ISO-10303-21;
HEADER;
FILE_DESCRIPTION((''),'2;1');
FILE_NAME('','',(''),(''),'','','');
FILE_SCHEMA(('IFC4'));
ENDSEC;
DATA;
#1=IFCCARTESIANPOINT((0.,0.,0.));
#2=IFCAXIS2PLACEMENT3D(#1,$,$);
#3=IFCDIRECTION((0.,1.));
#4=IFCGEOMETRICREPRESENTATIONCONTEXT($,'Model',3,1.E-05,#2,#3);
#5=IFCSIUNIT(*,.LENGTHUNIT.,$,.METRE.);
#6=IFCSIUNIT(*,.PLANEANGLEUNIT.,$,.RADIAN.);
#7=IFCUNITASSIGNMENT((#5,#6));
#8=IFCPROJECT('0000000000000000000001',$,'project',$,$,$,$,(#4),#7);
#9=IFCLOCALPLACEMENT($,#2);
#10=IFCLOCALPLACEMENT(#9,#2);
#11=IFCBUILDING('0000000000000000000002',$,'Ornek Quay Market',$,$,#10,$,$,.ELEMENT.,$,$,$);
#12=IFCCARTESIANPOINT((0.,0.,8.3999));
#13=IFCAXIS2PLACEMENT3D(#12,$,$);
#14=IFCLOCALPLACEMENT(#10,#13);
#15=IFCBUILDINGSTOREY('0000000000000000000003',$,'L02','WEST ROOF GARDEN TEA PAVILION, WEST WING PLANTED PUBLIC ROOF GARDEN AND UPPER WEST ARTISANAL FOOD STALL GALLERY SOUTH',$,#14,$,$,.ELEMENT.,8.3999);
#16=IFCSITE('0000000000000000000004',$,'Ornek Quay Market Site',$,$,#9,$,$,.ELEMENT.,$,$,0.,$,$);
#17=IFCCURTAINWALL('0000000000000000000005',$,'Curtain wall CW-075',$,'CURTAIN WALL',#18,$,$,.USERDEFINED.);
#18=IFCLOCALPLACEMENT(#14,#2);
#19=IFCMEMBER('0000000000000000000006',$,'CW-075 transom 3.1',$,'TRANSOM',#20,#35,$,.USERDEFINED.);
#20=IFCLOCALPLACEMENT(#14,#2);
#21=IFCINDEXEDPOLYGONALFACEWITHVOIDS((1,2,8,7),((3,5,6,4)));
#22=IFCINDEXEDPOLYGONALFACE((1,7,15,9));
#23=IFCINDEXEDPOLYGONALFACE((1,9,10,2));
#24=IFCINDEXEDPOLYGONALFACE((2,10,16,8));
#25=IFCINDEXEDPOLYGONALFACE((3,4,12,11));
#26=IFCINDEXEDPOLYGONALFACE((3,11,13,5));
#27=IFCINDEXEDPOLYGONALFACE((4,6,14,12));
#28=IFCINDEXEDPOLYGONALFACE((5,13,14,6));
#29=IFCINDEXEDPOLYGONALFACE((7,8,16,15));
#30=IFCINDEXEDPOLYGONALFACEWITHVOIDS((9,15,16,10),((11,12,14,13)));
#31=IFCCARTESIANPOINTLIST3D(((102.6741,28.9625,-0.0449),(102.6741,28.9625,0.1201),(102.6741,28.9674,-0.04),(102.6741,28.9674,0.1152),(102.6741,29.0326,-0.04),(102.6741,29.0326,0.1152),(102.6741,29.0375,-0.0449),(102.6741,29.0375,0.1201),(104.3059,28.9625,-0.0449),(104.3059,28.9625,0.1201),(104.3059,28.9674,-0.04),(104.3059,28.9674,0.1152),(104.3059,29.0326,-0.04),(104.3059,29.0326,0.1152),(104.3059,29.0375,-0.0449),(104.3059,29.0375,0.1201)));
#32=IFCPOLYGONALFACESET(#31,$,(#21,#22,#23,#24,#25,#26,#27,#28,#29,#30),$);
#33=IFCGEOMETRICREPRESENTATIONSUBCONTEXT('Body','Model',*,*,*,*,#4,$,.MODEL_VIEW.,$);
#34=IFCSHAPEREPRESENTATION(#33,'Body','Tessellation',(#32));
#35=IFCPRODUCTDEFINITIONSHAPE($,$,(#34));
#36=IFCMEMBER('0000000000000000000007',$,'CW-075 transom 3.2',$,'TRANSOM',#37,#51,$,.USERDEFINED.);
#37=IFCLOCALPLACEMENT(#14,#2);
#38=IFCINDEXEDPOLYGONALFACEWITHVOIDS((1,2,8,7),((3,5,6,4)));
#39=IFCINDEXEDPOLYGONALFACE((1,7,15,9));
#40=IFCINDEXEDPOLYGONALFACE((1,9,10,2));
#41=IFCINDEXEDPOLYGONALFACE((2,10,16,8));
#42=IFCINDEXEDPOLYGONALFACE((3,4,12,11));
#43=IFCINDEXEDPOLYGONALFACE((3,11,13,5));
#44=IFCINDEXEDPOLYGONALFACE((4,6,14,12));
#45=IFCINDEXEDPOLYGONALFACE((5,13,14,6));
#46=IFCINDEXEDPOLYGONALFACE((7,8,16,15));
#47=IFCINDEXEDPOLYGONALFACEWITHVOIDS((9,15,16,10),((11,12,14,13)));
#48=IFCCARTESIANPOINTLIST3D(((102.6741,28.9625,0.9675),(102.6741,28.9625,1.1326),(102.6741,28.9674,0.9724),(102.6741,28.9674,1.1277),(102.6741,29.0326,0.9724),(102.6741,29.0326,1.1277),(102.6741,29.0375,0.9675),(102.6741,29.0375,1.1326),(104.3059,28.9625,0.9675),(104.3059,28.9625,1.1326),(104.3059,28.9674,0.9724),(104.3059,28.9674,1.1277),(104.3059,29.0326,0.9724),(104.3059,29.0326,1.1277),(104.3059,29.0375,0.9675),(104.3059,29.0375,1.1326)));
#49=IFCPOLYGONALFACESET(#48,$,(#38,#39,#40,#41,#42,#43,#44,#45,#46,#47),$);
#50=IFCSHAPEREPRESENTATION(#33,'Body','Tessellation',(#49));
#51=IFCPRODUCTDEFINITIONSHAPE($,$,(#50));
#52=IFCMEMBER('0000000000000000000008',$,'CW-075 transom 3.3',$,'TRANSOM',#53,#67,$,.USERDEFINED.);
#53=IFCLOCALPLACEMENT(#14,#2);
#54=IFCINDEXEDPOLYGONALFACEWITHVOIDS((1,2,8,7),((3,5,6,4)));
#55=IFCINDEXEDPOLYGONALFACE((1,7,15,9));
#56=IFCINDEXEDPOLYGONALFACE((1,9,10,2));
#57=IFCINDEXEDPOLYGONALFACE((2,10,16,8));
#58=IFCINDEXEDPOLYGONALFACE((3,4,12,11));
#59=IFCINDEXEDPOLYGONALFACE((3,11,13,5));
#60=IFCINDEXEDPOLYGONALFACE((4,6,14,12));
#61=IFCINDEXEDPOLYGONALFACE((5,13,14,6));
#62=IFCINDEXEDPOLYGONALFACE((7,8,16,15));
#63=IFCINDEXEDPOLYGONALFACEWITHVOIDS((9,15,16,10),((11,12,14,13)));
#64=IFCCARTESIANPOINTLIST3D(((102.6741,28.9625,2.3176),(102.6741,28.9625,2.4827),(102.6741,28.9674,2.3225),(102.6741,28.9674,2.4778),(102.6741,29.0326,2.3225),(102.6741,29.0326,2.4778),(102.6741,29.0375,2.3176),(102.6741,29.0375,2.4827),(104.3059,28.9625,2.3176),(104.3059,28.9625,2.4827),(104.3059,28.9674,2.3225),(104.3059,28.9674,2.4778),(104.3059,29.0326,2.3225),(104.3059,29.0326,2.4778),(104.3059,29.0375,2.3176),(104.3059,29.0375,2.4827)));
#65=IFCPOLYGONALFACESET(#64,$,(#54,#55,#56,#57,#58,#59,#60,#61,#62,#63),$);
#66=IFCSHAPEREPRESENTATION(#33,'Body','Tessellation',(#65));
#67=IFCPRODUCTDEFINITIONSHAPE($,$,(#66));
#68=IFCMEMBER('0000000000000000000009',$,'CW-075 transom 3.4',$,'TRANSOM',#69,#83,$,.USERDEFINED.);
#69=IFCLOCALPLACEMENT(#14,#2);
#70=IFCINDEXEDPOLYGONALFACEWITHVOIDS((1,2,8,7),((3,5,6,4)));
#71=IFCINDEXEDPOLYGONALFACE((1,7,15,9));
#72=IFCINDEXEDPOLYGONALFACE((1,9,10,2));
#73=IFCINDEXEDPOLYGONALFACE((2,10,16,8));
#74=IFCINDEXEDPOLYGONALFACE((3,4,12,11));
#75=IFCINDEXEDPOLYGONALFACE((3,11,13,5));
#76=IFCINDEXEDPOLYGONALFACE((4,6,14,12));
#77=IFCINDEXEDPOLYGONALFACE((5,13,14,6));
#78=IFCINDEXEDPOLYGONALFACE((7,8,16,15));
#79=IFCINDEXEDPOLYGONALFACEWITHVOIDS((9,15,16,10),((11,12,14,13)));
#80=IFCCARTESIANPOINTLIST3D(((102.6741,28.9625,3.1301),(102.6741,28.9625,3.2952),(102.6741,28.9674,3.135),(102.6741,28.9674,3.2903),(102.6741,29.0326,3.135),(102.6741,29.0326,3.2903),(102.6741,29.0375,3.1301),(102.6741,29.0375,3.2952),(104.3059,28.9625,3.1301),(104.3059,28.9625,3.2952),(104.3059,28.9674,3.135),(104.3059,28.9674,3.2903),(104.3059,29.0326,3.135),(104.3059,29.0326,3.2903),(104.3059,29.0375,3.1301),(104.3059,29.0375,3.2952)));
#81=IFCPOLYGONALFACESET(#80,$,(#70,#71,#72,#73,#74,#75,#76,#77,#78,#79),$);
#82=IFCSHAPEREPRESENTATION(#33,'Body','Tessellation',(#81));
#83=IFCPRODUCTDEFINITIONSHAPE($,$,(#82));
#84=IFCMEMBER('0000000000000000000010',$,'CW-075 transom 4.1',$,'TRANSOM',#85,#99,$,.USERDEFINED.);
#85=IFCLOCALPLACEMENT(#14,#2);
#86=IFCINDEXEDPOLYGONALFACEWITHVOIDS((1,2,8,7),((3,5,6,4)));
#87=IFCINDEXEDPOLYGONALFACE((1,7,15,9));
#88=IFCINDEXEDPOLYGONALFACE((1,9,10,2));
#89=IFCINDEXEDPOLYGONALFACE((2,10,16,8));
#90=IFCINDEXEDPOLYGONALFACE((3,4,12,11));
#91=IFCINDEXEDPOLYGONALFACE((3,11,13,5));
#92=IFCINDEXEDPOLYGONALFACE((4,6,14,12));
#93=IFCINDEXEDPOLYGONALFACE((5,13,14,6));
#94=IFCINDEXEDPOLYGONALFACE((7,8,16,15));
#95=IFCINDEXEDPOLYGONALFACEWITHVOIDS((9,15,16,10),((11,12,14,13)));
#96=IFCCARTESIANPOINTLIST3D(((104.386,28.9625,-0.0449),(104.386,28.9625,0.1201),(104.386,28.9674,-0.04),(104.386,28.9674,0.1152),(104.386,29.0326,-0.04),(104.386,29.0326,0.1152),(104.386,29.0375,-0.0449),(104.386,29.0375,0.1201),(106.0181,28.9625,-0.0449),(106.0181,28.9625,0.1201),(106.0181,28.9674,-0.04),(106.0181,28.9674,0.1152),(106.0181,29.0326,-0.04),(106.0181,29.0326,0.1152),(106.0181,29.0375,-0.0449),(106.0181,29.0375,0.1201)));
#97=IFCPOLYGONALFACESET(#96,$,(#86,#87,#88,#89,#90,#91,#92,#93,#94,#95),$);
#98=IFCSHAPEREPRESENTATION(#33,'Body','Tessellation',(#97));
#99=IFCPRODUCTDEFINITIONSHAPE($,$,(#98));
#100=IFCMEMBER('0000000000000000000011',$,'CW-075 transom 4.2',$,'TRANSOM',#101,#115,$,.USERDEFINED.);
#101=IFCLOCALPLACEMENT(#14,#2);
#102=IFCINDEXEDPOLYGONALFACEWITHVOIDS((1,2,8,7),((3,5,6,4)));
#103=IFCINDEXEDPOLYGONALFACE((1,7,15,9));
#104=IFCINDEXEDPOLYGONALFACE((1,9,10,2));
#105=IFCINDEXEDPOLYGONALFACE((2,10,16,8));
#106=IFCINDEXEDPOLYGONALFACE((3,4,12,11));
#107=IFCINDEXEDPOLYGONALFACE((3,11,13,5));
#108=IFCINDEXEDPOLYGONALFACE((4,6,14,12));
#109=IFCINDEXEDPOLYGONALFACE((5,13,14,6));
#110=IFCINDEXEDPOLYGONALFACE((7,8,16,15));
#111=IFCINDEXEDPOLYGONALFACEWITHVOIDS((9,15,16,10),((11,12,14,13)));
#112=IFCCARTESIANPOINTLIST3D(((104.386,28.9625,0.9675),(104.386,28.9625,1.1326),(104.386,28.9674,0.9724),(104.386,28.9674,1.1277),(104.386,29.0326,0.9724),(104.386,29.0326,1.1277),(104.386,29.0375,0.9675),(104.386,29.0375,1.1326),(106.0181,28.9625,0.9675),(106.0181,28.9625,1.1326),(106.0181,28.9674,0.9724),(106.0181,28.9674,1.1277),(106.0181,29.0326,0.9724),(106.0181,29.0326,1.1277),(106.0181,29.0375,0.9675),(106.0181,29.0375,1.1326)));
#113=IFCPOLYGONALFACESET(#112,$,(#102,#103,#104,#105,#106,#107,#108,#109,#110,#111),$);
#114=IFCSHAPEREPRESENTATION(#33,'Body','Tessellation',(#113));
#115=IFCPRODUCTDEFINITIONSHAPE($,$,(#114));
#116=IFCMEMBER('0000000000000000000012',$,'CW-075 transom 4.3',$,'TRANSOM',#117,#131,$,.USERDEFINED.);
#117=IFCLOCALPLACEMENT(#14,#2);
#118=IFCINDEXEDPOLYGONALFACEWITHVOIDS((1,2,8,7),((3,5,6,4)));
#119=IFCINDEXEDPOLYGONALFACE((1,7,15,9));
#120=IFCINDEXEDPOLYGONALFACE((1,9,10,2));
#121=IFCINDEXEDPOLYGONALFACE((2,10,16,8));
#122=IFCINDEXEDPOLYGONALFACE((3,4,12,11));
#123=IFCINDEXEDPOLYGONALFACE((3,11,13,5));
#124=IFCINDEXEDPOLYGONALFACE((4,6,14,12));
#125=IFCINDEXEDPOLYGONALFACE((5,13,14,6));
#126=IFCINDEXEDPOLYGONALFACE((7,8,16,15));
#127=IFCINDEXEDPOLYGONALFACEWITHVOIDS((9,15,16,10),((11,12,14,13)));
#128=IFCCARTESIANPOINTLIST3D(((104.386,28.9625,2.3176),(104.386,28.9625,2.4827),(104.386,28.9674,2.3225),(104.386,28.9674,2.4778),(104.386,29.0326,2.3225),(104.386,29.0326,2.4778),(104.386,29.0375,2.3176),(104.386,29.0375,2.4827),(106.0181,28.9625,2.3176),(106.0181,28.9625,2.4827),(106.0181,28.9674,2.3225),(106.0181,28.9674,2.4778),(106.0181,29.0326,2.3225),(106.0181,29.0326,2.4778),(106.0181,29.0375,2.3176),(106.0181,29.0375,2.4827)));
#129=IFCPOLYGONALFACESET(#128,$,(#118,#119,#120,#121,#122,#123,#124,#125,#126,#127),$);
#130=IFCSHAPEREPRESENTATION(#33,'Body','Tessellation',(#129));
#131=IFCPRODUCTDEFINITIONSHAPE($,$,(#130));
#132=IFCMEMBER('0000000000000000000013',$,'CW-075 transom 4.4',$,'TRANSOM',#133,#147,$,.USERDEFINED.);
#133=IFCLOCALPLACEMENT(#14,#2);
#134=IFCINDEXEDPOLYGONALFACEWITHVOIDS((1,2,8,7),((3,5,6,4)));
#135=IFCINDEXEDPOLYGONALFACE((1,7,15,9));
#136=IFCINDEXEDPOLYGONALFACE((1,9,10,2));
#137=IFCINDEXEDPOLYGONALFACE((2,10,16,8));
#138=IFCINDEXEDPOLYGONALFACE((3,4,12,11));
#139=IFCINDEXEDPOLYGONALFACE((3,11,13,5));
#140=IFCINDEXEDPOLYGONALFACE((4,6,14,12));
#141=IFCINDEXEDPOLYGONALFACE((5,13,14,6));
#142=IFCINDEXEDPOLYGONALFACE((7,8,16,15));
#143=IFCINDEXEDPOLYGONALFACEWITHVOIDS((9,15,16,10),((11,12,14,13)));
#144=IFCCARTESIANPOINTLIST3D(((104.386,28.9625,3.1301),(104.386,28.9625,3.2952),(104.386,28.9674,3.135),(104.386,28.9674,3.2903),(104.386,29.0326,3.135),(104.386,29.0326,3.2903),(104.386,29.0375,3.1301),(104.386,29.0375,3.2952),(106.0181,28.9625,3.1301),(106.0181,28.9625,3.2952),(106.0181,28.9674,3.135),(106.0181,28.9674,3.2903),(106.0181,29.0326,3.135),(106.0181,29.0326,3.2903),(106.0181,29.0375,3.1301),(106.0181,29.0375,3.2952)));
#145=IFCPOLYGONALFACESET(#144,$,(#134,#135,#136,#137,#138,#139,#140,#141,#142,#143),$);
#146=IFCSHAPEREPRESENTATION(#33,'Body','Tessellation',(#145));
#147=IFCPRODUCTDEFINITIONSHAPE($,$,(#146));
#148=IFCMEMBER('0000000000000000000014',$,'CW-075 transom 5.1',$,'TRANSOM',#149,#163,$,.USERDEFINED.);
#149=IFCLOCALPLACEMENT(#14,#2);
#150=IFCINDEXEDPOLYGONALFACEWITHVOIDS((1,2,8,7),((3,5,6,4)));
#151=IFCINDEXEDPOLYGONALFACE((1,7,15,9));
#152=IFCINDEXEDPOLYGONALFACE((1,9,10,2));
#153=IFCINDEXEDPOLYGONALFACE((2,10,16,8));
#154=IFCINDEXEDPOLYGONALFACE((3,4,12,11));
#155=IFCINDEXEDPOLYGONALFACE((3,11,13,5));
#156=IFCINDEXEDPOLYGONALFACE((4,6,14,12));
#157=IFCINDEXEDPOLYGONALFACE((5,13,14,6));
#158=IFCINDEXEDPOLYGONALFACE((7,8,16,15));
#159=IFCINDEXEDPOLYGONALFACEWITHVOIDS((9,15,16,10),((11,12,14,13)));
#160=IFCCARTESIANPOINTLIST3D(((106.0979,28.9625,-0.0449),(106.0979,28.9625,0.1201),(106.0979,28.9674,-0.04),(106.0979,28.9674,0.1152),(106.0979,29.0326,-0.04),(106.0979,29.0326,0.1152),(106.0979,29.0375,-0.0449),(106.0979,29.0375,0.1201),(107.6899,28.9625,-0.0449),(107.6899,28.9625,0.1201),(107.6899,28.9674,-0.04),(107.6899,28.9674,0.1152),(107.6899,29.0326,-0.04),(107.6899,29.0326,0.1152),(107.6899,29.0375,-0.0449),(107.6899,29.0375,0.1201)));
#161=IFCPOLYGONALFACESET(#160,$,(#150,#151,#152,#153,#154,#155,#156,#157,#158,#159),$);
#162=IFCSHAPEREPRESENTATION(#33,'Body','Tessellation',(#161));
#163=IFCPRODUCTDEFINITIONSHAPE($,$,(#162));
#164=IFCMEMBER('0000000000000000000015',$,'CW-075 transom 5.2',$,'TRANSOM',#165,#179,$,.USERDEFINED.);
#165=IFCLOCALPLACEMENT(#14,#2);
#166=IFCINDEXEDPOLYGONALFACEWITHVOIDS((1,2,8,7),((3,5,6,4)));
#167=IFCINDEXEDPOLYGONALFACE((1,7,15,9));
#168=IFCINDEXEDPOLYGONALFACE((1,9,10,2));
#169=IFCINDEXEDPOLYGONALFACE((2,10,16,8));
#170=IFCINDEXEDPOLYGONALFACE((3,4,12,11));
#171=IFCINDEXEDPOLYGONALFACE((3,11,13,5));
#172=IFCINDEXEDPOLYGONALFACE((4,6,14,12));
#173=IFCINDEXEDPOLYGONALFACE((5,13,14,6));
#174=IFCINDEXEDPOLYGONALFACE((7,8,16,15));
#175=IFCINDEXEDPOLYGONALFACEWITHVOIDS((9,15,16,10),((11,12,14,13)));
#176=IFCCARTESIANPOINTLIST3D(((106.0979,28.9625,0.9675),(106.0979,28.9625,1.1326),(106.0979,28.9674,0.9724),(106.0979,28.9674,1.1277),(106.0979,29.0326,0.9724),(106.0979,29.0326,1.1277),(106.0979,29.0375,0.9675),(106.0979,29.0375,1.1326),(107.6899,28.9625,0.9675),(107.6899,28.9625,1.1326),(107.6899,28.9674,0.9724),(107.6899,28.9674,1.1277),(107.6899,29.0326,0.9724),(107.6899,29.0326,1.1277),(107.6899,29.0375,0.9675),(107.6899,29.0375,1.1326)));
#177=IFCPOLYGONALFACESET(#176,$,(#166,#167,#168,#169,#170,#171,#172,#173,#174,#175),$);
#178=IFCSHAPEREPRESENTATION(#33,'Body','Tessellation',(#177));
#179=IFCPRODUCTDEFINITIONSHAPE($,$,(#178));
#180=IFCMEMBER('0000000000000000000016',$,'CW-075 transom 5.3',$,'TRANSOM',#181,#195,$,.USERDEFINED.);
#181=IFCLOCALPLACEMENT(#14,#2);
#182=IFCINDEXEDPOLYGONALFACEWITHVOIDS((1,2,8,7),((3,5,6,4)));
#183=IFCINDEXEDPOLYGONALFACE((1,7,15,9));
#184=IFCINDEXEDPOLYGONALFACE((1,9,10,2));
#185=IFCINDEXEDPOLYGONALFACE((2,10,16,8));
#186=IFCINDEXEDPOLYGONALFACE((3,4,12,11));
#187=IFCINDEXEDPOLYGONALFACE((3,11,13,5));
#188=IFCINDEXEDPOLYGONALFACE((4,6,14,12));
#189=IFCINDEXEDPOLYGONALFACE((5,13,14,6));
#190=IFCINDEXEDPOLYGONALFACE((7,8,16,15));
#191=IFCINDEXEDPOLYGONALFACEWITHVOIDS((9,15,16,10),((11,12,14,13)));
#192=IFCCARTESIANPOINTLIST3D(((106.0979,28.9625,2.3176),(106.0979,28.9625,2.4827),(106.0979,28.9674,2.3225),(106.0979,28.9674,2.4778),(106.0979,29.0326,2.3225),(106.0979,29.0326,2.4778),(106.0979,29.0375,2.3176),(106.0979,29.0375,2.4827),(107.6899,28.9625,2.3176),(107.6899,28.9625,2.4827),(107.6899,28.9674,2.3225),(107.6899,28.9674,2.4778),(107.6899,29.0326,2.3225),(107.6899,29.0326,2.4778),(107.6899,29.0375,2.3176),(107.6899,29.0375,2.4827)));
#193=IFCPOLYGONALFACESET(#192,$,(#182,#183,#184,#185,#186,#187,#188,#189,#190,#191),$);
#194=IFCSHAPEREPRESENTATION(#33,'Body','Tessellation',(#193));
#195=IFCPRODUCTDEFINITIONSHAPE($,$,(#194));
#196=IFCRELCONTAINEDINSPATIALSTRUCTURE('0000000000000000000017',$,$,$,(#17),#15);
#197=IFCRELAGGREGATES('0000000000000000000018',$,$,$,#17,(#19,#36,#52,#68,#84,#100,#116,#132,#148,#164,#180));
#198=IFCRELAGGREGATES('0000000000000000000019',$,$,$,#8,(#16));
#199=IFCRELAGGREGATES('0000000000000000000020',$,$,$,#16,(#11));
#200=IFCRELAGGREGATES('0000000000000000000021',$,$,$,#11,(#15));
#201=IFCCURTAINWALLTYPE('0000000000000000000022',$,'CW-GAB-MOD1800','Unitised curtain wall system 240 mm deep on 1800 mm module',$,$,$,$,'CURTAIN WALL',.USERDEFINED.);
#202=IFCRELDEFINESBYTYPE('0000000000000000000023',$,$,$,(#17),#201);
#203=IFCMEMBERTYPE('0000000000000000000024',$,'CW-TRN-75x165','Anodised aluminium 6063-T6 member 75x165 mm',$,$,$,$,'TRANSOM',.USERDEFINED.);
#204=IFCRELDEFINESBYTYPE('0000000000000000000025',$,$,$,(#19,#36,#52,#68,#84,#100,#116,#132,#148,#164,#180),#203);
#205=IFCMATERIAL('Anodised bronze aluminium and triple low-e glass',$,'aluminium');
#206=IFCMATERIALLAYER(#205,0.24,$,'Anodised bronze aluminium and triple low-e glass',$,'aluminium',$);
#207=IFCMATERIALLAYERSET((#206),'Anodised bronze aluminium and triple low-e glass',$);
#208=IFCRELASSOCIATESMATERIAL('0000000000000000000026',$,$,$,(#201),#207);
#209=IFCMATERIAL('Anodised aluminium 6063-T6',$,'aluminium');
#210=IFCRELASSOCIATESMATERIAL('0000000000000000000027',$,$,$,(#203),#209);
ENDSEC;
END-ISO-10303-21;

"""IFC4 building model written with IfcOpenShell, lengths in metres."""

from ifc_helpers import new_model, si_unit, direction, frame, origin, origin_2d, place, context, subcontext, project, spatial, hollow_rectangle, extrude, material, layer, layer_set, material_profile, profile_set, type_object, element, aggregate, save


model = new_model("IFC4")

# Units and contexts
model_context = context("Model", 3, precision=1e-05, world=origin(), true_north=direction((0.0, 1.0)))
body_context = subcontext(model_context, "Body", "Model", "MODEL_VIEW")
ifc_project = project(units=[si_unit("LENGTHUNIT", "METRE"), si_unit("PLANEANGLEUNIT", "RADIAN")], contexts=[model_context])

# Site, building, storey
site_placement = place(None, origin())
site = spatial("IfcSite", under=ifc_project, at=site_placement, Name="Ornek Quay Market Site", CompositionType="ELEMENT", RefElevation=0.0)
building_placement = place(site_placement, origin())
building = spatial("IfcBuilding", under=site, at=building_placement, Name="Ornek Quay Market", CompositionType="ELEMENT")
storey_placement = place(building_placement, frame((0.0, 0.0, 8.3999)))
storey = spatial("IfcBuildingStorey", under=building, at=storey_placement, Name="L02", Description="WEST ROOF GARDEN TEA PAVILION, WEST WING PLANTED PUBLIC ROOF GARDEN AND UPPER WEST ARTISANAL FOOD STALL GALLERY SOUTH", CompositionType="ELEMENT", Elevation=8.3999)

# Shared definitions
ifc_material_1 = material(Name="Anodised bronze aluminium and triple low-e glass", Category="aluminium")
ifc_material_2 = material(Name="Anodised aluminium 6063-T6", Category="aluminium")

# Curtain wall
ifc_layer_1 = layer(ifc_material_1, 0.24, Name="Anodised bronze aluminium and triple low-e glass", Category="aluminium")
ifc_layer_set_1 = layer_set([ifc_layer_1], Name="Anodised bronze aluminium and triple low-e glass")
curtain_wall_type_1 = type_object("IfcCurtainWallType", Name="CW-GAB-MOD1800", Description="Unitised curtain wall system 240 mm deep on 1800 mm module", ElementType="CURTAIN WALL", PredefinedType="USERDEFINED", material=ifc_layer_set_1)
curtain_wall_1_placement = place(storey_placement, origin())
curtain_wall_1 = element("IfcCurtainWall", 1, at=curtain_wall_1_placement, inside=storey, type_object=curtain_wall_type_1, Name="Curtain wall CW-075", ObjectType="CURTAIN WALL", PredefinedType="USERDEFINED")

# Members
ifc_material_profile_1 = material_profile(ifc_material_2, hollow_rectangle(XDim=0.075, YDim=0.165, WallThickness=0.0049, at=origin_2d()), Name="CW-TRN-75x165", Category="aluminium")
ifc_profile_set_1 = profile_set([ifc_material_profile_1], Name="Anodised aluminium 6063-T6")
member_type_1 = type_object("IfcMemberType", Name="CW-TRN-75x165", Description="Anodised aluminium 6063-T6 member 75x165 mm", ElementType="TRANSOM", PredefinedType="USERDEFINED", material=ifc_profile_set_1)
member_1_placement = place(storey_placement, frame((102.6741, 29.0, 0.0376), z_axis=(1.0, 0.0, 0.0), x_axis=(0.0, 1.0, 0.0)))
member_1 = element("IfcMember", 2, at=member_1_placement, type_object=member_type_1, Name="CW-075 transom 3.1", ObjectType="TRANSOM", PredefinedType="USERDEFINED", context=body_context, shape_type="SweptSolid", body=[
    extrude(hollow_rectangle(XDim=0.075, YDim=0.165, WallThickness=0.0049, at=origin_2d()), origin(), (0.0, 0.0, 1.0), 1.6318),
])
member_2_placement = place(storey_placement, frame((102.6741, 29.0, 1.05), z_axis=(1.0, 0.0, 0.0), x_axis=(0.0, 1.0, 0.0)))
member_2 = element("IfcMember", 3, at=member_2_placement, type_object=member_type_1, Name="CW-075 transom 3.2", ObjectType="TRANSOM", PredefinedType="USERDEFINED", context=body_context, shape_type="SweptSolid", body=[
    extrude(hollow_rectangle(XDim=0.075, YDim=0.165, WallThickness=0.0049, at=origin_2d()), origin(), (0.0, 0.0, 1.0), 1.6318),
])
member_3_placement = place(storey_placement, frame((102.6741, 29.0, 2.4001), z_axis=(1.0, 0.0, 0.0), x_axis=(0.0, 1.0, 0.0)))
member_3 = element("IfcMember", 4, at=member_3_placement, type_object=member_type_1, Name="CW-075 transom 3.3", ObjectType="TRANSOM", PredefinedType="USERDEFINED", context=body_context, shape_type="SweptSolid", body=[
    extrude(hollow_rectangle(XDim=0.075, YDim=0.165, WallThickness=0.0049, at=origin_2d()), origin(), (0.0, 0.0, 1.0), 1.6318),
])
member_4_placement = place(storey_placement, frame((102.6741, 29.0, 3.2126), z_axis=(1.0, 0.0, 0.0), x_axis=(0.0, 1.0, 0.0)))
member_4 = element("IfcMember", 5, at=member_4_placement, type_object=member_type_1, Name="CW-075 transom 3.4", ObjectType="TRANSOM", PredefinedType="USERDEFINED", context=body_context, shape_type="SweptSolid", body=[
    extrude(hollow_rectangle(XDim=0.075, YDim=0.165, WallThickness=0.0049, at=origin_2d()), origin(), (0.0, 0.0, 1.0), 1.6318),
])
member_5_placement = place(storey_placement, frame((104.386, 29.0, 0.0376), z_axis=(1.0, 0.0, 0.0), x_axis=(0.0, 1.0, 0.0)))
member_5 = element("IfcMember", 6, at=member_5_placement, type_object=member_type_1, Name="CW-075 transom 4.1", ObjectType="TRANSOM", PredefinedType="USERDEFINED", context=body_context, shape_type="SweptSolid", body=[
    extrude(hollow_rectangle(XDim=0.075, YDim=0.165, WallThickness=0.0049, at=origin_2d()), origin(), (0.0, 0.0, 1.0), 1.6321),
])
member_6_placement = place(storey_placement, frame((104.386, 29.0, 1.05), z_axis=(1.0, 0.0, 0.0), x_axis=(0.0, 1.0, 0.0)))
member_6 = element("IfcMember", 7, at=member_6_placement, type_object=member_type_1, Name="CW-075 transom 4.2", ObjectType="TRANSOM", PredefinedType="USERDEFINED", context=body_context, shape_type="SweptSolid", body=[
    extrude(hollow_rectangle(XDim=0.075, YDim=0.165, WallThickness=0.0049, at=origin_2d()), origin(), (0.0, 0.0, 1.0), 1.6321),
])
member_7_placement = place(storey_placement, frame((104.386, 29.0, 2.4001), z_axis=(1.0, 0.0, 0.0), x_axis=(0.0, 1.0, 0.0)))
member_7 = element("IfcMember", 8, at=member_7_placement, type_object=member_type_1, Name="CW-075 transom 4.3", ObjectType="TRANSOM", PredefinedType="USERDEFINED", context=body_context, shape_type="SweptSolid", body=[
    extrude(hollow_rectangle(XDim=0.075, YDim=0.165, WallThickness=0.0049, at=origin_2d()), origin(), (0.0, 0.0, 1.0), 1.6321),
])
member_8_placement = place(storey_placement, frame((104.386, 29.0, 3.2126), z_axis=(1.0, 0.0, 0.0), x_axis=(0.0, 1.0, 0.0)))
member_8 = element("IfcMember", 9, at=member_8_placement, type_object=member_type_1, Name="CW-075 transom 4.4", ObjectType="TRANSOM", PredefinedType="USERDEFINED", context=body_context, shape_type="SweptSolid", body=[
    extrude(hollow_rectangle(XDim=0.075, YDim=0.165, WallThickness=0.0049, at=origin_2d()), origin(), (0.0, 0.0, 1.0), 1.6321),
])
member_9_placement = place(storey_placement, frame((106.0979, 29.0, 0.0376), z_axis=(1.0, 0.0, 0.0), x_axis=(0.0, 1.0, 0.0)))
member_9 = element("IfcMember", 10, at=member_9_placement, type_object=member_type_1, Name="CW-075 transom 5.1", ObjectType="TRANSOM", PredefinedType="USERDEFINED", context=body_context, shape_type="SweptSolid", body=[
    extrude(hollow_rectangle(XDim=0.075, YDim=0.165, WallThickness=0.0049, at=origin_2d()), origin(), (0.0, 0.0, 1.0), 1.592),
])
member_10_placement = place(storey_placement, frame((106.0979, 29.0, 1.05), z_axis=(1.0, 0.0, 0.0), x_axis=(0.0, 1.0, 0.0)))
member_10 = element("IfcMember", 11, at=member_10_placement, type_object=member_type_1, Name="CW-075 transom 5.2", ObjectType="TRANSOM", PredefinedType="USERDEFINED", context=body_context, shape_type="SweptSolid", body=[
    extrude(hollow_rectangle(XDim=0.075, YDim=0.165, WallThickness=0.0049, at=origin_2d()), origin(), (0.0, 0.0, 1.0), 1.592),
])
member_11_placement = place(storey_placement, frame((106.0979, 29.0, 2.4001), z_axis=(1.0, 0.0, 0.0), x_axis=(0.0, 1.0, 0.0)))
member_11 = element("IfcMember", 12, at=member_11_placement, type_object=member_type_1, Name="CW-075 transom 5.3", ObjectType="TRANSOM", PredefinedType="USERDEFINED", context=body_context, shape_type="SweptSolid", body=[
    extrude(hollow_rectangle(XDim=0.075, YDim=0.165, WallThickness=0.0049, at=origin_2d()), origin(), (0.0, 0.0, 1.0), 1.592),
])

aggregate(curtain_wall_1, [member_1, member_2, member_3, member_4, member_5, member_6, member_7, member_8, member_9, member_10, member_11])

save(model, "model.ifc")
